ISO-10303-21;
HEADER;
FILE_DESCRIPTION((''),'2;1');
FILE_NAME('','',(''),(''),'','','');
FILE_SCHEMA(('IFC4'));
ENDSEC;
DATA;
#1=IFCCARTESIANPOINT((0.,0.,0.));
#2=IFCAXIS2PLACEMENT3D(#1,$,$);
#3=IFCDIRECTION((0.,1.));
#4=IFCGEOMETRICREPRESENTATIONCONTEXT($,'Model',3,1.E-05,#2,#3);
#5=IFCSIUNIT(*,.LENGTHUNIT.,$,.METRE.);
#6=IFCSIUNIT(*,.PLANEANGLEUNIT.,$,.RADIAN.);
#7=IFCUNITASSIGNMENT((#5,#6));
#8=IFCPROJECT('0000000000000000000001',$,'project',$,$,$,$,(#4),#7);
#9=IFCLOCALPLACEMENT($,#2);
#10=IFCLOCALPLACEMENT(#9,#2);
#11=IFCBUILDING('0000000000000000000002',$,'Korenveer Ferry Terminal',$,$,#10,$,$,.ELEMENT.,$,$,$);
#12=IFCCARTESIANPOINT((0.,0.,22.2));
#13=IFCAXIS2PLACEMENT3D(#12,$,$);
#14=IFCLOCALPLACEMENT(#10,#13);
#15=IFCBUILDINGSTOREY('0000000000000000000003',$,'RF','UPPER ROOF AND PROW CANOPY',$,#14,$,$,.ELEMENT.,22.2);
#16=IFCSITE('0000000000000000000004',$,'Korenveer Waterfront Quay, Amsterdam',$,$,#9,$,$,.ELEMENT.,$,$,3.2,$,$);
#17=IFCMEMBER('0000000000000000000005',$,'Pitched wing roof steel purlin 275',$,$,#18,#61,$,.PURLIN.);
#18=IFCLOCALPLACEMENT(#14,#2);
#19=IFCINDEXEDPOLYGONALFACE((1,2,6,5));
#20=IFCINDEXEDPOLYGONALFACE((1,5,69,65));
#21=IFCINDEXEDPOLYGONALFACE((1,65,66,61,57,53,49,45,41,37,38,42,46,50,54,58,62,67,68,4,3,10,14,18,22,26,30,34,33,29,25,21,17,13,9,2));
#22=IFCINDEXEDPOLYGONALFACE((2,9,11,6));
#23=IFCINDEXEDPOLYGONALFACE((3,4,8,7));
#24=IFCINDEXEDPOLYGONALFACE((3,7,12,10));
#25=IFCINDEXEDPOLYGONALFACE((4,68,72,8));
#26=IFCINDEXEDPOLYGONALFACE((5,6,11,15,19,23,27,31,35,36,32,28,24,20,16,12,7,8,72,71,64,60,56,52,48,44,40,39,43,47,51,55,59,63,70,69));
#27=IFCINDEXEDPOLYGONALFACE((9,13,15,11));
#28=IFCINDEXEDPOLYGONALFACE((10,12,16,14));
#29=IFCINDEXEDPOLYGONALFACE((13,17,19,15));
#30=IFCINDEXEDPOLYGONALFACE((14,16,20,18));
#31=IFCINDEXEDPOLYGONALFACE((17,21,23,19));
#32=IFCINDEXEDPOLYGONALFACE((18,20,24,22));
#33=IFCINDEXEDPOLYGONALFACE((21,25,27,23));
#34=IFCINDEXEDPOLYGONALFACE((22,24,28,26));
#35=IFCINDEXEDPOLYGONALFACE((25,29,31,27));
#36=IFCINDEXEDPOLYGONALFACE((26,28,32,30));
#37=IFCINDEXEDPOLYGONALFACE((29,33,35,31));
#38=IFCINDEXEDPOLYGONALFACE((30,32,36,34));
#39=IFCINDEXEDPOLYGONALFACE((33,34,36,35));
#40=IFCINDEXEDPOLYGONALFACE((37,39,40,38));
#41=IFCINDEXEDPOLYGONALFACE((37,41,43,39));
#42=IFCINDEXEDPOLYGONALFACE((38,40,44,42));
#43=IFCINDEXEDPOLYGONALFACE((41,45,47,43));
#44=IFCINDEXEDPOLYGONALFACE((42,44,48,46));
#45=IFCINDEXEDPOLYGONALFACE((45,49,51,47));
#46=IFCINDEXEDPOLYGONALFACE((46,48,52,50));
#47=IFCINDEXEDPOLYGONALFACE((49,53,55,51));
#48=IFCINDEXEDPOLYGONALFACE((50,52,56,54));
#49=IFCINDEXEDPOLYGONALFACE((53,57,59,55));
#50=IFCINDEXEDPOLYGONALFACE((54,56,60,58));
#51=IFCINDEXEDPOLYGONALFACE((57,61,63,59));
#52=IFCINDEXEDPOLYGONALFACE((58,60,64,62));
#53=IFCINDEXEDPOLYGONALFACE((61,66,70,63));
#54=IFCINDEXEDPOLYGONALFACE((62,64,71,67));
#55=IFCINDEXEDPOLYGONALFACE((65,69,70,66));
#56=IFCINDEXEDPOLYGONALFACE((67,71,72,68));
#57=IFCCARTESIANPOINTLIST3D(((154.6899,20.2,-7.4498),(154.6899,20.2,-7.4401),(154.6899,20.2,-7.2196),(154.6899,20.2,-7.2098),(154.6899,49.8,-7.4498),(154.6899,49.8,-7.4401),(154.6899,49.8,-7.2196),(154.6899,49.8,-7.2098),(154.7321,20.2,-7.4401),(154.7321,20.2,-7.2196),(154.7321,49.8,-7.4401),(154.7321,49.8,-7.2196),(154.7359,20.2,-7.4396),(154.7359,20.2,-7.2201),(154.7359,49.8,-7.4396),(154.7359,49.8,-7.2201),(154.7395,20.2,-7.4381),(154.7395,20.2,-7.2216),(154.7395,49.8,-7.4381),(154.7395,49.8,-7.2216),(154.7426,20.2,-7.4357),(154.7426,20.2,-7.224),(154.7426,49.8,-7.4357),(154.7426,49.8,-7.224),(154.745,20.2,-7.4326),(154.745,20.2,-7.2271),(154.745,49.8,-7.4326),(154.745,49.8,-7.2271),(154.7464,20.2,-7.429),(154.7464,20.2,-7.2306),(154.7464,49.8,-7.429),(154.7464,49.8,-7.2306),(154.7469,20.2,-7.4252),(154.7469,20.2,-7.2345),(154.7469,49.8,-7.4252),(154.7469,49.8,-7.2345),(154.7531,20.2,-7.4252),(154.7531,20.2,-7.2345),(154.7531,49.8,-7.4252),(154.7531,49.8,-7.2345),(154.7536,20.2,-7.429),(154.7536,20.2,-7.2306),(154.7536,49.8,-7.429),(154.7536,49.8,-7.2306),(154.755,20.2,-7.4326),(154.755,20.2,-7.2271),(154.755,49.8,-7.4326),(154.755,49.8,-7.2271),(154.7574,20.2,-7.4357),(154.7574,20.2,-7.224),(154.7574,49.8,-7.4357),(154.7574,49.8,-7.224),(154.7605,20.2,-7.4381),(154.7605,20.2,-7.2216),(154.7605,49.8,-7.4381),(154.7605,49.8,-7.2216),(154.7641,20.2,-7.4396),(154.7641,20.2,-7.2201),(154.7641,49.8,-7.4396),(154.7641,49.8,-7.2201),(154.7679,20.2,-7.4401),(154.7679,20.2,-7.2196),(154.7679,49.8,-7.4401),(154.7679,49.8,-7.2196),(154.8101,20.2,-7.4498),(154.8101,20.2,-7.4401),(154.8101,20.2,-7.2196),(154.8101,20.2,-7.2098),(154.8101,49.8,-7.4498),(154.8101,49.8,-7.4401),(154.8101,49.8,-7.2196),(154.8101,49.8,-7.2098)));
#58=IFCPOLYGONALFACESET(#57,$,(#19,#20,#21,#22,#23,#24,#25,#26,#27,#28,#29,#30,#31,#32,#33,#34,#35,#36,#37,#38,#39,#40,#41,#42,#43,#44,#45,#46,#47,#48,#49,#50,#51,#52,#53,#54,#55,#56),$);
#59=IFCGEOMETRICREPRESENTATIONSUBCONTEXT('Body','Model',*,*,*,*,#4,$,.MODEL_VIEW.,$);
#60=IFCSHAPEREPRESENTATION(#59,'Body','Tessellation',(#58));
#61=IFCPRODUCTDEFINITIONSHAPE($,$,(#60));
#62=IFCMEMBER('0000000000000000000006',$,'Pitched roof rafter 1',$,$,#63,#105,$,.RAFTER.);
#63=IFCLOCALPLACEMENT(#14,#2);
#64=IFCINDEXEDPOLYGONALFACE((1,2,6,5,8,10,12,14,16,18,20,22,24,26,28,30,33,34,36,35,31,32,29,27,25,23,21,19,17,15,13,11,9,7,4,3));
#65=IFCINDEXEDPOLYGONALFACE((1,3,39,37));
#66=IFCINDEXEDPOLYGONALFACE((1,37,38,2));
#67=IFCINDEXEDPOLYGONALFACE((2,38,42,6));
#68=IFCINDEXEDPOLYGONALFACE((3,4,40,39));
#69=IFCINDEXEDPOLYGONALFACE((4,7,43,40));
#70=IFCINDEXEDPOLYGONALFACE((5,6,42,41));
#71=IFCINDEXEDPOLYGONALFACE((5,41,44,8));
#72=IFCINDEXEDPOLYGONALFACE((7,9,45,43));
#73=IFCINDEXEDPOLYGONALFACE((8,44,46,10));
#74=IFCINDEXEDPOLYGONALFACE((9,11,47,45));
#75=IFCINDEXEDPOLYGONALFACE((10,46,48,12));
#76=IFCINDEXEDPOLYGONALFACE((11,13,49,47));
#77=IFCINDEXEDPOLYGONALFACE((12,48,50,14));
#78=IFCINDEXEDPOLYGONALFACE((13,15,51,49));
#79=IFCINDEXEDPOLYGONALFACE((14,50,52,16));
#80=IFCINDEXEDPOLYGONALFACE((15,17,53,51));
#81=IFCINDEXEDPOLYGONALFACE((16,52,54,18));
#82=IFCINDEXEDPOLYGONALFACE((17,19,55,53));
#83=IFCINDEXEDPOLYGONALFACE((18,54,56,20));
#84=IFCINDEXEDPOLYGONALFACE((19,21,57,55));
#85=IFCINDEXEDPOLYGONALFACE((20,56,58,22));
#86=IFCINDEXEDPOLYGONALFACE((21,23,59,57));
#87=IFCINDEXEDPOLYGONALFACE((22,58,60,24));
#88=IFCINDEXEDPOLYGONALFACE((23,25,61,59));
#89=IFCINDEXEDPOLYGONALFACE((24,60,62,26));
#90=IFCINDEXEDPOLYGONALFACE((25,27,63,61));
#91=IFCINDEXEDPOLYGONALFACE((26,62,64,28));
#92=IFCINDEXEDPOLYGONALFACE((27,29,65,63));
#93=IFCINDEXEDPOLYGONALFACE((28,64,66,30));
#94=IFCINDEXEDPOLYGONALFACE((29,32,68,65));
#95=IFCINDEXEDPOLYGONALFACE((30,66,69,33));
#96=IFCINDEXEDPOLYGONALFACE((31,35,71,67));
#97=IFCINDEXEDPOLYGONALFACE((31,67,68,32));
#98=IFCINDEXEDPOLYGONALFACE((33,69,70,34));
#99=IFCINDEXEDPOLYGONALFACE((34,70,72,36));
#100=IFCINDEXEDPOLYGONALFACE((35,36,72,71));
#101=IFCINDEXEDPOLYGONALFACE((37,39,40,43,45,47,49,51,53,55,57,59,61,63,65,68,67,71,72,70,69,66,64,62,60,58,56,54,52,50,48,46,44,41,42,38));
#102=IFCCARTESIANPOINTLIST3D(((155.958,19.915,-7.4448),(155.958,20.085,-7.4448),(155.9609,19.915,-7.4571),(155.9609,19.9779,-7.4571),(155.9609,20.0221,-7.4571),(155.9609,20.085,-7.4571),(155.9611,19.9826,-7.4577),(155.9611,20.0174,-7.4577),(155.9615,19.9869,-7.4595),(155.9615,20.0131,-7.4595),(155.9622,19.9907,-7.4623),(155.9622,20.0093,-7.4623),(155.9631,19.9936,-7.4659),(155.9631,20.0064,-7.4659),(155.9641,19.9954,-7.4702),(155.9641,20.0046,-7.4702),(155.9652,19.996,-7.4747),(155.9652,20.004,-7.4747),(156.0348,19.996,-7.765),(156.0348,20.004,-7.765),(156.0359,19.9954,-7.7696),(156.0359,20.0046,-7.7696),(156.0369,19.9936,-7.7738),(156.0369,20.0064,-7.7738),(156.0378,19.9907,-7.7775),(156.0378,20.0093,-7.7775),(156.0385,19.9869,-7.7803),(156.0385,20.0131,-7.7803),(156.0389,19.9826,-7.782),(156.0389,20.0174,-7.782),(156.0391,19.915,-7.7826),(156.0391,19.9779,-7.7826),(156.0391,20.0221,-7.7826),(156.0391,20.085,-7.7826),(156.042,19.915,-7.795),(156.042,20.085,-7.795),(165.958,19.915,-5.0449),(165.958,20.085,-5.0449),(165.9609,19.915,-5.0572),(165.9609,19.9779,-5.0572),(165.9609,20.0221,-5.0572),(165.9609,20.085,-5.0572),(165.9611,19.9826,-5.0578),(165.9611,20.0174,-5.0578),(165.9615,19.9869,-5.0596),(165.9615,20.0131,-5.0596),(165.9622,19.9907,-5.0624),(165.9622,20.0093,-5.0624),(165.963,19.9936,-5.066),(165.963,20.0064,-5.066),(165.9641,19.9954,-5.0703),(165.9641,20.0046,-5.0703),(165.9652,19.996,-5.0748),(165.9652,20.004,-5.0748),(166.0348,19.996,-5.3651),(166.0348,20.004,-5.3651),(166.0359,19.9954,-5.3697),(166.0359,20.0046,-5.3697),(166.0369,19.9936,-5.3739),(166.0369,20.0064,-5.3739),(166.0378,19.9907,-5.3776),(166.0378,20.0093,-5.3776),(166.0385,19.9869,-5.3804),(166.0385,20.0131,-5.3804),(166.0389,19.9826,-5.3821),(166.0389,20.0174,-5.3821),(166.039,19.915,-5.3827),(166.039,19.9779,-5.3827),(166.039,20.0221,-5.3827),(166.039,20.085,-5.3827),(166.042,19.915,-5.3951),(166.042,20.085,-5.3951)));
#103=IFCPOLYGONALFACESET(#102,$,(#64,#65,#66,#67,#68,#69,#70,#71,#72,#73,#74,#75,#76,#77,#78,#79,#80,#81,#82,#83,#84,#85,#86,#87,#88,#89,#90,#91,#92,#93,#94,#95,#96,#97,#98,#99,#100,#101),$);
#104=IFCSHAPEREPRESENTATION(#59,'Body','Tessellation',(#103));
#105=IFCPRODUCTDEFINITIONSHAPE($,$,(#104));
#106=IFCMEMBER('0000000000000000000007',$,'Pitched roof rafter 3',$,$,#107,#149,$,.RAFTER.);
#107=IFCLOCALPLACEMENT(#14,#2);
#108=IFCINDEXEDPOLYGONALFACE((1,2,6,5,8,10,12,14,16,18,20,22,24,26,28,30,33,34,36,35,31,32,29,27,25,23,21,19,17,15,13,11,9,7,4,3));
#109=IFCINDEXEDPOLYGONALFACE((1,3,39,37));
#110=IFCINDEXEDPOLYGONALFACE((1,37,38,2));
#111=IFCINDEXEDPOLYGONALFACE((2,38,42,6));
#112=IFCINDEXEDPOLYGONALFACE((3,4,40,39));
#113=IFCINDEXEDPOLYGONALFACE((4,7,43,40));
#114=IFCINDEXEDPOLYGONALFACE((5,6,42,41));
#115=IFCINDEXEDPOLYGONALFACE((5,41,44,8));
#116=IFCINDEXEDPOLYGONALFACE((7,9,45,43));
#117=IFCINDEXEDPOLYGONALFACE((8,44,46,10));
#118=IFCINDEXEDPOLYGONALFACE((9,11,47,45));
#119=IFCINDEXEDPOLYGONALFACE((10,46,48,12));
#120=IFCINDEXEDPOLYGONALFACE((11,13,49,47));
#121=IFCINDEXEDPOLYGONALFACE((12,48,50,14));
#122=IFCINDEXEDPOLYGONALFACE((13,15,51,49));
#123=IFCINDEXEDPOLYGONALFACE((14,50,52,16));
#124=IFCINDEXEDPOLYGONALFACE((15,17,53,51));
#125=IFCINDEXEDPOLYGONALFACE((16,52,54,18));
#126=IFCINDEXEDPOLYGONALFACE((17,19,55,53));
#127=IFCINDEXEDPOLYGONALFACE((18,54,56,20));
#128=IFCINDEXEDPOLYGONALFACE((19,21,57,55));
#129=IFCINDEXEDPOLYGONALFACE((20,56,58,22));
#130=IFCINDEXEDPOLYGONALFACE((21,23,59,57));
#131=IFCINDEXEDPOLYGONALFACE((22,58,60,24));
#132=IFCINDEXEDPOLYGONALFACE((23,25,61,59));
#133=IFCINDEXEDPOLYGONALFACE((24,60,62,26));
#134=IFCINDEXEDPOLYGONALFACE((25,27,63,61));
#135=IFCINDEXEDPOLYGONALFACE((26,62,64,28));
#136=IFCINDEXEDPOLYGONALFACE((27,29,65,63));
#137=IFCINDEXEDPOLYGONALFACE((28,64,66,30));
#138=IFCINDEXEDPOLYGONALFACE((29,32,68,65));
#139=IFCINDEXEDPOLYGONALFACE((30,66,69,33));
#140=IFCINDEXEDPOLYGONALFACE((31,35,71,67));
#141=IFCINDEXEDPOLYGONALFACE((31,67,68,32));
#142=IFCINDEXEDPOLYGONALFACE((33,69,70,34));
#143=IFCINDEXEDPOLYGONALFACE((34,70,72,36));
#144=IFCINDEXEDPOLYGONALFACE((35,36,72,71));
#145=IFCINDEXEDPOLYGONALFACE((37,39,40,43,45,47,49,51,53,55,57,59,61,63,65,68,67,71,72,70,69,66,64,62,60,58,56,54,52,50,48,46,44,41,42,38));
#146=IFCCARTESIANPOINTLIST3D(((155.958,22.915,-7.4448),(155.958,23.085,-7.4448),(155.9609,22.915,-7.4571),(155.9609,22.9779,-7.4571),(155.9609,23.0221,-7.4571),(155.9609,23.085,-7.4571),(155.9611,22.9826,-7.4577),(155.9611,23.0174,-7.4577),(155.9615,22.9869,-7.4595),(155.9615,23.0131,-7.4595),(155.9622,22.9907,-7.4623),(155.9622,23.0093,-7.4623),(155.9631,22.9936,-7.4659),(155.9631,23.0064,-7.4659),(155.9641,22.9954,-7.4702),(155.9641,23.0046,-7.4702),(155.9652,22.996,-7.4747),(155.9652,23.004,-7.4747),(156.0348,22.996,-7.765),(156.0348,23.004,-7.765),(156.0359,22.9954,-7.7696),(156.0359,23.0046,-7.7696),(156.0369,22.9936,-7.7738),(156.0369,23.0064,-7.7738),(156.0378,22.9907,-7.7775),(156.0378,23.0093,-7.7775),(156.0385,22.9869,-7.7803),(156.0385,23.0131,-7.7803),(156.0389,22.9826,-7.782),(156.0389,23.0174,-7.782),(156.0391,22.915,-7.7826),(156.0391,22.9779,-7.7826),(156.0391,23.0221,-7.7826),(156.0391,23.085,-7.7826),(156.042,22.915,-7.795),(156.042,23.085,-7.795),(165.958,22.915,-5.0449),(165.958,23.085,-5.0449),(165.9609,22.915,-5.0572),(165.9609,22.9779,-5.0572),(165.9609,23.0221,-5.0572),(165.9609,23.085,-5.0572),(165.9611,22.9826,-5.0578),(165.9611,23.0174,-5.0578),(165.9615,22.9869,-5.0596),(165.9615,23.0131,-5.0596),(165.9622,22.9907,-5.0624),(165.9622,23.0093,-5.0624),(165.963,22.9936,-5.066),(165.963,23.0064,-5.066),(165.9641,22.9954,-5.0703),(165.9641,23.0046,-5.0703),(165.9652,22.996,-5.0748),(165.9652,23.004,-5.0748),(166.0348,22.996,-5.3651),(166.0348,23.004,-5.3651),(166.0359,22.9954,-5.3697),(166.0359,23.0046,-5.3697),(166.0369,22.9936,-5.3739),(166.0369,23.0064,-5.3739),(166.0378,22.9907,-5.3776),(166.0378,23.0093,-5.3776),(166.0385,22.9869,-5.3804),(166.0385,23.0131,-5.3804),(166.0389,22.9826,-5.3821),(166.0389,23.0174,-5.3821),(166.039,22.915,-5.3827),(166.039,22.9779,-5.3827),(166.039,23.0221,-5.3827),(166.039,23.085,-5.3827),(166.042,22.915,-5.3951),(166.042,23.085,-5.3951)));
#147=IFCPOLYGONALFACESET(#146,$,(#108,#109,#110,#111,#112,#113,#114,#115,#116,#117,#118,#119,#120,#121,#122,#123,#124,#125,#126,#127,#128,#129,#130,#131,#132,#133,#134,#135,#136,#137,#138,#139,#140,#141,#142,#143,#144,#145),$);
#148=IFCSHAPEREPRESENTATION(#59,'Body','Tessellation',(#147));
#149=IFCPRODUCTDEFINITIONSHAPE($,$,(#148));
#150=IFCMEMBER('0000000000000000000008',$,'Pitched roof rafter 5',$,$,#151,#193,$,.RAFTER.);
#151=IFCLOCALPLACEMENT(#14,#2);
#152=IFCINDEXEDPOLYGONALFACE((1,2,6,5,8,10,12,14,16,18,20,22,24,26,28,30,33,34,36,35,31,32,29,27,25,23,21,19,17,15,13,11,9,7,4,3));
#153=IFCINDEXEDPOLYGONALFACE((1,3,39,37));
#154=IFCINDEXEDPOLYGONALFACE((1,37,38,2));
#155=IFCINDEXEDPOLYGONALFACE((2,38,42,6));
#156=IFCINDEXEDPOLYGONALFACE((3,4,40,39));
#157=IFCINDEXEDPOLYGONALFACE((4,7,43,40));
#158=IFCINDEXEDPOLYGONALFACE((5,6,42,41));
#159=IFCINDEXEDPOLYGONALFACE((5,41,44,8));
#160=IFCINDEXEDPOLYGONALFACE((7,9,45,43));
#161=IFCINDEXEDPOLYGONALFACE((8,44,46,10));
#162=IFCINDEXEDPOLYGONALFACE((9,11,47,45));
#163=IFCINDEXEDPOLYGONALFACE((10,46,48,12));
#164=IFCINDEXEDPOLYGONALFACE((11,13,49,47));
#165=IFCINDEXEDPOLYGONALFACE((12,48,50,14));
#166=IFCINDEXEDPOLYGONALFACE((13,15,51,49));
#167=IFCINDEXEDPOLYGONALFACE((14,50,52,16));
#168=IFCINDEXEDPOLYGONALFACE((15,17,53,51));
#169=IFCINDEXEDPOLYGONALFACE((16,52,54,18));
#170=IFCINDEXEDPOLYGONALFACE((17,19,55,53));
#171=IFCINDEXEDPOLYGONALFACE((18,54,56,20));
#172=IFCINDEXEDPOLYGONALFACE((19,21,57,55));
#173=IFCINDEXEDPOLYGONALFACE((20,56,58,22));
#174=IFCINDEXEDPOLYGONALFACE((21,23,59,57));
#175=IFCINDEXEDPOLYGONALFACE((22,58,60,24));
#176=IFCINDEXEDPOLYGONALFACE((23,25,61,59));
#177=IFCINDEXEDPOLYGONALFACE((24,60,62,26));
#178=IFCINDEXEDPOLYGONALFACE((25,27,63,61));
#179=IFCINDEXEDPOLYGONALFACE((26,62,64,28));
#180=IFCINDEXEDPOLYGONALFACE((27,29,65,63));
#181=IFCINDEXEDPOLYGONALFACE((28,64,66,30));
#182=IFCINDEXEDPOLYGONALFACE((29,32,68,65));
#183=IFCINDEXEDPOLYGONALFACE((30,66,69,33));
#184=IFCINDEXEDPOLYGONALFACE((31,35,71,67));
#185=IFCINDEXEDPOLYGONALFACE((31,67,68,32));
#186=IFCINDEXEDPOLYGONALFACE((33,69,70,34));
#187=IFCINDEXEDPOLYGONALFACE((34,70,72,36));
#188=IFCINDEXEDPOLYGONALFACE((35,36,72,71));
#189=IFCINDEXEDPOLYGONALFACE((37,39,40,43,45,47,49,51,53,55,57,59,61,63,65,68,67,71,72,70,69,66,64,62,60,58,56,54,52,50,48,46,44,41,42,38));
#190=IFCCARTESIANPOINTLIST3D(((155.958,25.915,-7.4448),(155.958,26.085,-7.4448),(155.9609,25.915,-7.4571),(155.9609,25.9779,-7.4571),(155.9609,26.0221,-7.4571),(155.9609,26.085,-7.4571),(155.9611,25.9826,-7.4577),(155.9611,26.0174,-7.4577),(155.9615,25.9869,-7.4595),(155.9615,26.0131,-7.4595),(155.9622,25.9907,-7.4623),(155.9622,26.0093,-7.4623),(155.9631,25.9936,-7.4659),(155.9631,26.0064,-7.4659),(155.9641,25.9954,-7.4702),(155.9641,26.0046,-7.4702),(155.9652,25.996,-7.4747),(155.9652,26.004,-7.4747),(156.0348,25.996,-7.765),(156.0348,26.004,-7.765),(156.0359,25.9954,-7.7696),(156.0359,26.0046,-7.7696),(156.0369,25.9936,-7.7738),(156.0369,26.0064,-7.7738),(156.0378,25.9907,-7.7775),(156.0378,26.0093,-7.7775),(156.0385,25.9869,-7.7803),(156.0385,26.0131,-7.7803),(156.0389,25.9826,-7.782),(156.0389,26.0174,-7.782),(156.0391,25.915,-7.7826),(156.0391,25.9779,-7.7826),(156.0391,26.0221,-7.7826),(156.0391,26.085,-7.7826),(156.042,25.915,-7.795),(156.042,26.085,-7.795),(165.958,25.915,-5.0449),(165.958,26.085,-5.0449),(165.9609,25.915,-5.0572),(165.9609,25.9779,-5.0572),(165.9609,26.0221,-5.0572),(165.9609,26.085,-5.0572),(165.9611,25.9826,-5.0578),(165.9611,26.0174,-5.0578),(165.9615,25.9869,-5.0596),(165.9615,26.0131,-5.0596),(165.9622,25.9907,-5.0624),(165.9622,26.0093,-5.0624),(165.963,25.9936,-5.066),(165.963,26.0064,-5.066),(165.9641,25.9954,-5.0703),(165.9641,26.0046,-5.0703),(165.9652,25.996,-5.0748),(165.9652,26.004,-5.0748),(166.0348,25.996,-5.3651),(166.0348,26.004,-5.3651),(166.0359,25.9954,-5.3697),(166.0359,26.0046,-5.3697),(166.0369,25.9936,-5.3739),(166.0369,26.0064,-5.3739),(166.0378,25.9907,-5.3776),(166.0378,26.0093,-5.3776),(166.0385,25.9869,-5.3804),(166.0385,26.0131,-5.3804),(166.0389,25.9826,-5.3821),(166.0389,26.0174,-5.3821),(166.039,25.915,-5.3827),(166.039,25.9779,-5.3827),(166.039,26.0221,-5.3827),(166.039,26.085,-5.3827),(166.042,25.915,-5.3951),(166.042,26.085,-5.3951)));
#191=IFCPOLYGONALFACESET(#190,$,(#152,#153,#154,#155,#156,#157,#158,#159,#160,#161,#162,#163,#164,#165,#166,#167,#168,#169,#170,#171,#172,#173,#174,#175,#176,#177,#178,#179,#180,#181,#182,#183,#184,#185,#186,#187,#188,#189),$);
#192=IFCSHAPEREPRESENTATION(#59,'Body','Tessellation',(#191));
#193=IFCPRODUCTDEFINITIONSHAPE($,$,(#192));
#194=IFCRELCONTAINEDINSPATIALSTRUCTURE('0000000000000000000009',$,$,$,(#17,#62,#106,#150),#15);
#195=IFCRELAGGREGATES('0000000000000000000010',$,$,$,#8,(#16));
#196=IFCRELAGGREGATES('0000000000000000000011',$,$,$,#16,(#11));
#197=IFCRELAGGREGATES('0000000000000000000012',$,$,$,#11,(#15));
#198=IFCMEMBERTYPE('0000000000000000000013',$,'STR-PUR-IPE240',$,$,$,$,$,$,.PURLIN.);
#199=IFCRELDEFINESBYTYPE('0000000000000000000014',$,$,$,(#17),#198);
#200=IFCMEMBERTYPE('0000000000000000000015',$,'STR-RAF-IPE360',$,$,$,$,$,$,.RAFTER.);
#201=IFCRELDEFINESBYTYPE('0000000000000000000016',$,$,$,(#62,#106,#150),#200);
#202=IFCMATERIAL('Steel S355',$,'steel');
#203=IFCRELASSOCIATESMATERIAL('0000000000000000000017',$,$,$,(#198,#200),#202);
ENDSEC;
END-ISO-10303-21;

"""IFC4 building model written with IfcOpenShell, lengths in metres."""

from ifc_helpers import new_model, si_unit, direction, frame, origin, origin_2d, place, context, subcontext, project, spatial, i_section, extrude, material, material_profile, profile_set, type_object, element, save


model = new_model("IFC4")

# Units and contexts
model_context = context("Model", 3, precision=1e-05, world=origin(), true_north=direction((0.0, 1.0)))
body_context = subcontext(model_context, "Body", "Model", "MODEL_VIEW")
ifc_project = project(units=[si_unit("LENGTHUNIT", "METRE"), si_unit("PLANEANGLEUNIT", "RADIAN")], contexts=[model_context])

# Site, building, storey
site_placement = place(None, origin())
site = spatial("IfcSite", under=ifc_project, at=site_placement, Name="Korenveer Waterfront Quay, Amsterdam", CompositionType="ELEMENT", RefElevation=3.2)
building_placement = place(site_placement, origin())
building = spatial("IfcBuilding", under=site, at=building_placement, Name="Korenveer Ferry Terminal", CompositionType="ELEMENT")
storey_placement = place(building_placement, frame((0.0, 0.0, 22.2)))
storey = spatial("IfcBuildingStorey", under=building, at=storey_placement, Name="RF", Description="UPPER ROOF AND PROW CANOPY", CompositionType="ELEMENT", Elevation=22.2)

# Shared definitions
ifc_material_1 = material(Name="Steel S355", Category="steel")

# Members
ifc_material_profile_1 = material_profile(ifc_material_1, i_section(OverallWidth=0.1201, OverallDepth=0.24, WebThickness=0.0061, FlangeThickness=0.0098, FilletRadius=0.0149, at=origin_2d()), Name="IPE 240")
ifc_profile_set_1 = profile_set([ifc_material_profile_1], Name="Steel S355")
member_type_1 = type_object("IfcMemberType", Name="STR-PUR-IPE240", PredefinedType="PURLIN", material=ifc_profile_set_1)
for number, where, z_axis, x_axis, name in (
    (1, (154.75, 20.2, -7.3298), (0.0, 1.0, 0.0), (-1.0, 0.0, 0.0), "Pitched wing roof steel purlin 275"),
):
    element("IfcMember", number, at=place(storey_placement, frame(where, z_axis=z_axis, x_axis=x_axis)), inside=storey, type_object=member_type_1, Name=name, PredefinedType="PURLIN", context=body_context, shape_type="SweptSolid", body=[
        extrude(i_section(OverallWidth=0.1201, OverallDepth=0.24, WebThickness=0.0061, FlangeThickness=0.0098, FilletRadius=0.0149, at=origin_2d()), origin(), (0.0, 0.0, 1.0), 29.6001),
    ])
ifc_material_profile_2 = material_profile(ifc_material_1, i_section(OverallWidth=0.1699, OverallDepth=0.3601, WebThickness=0.0081, FlangeThickness=0.0127, FilletRadius=0.0181, at=origin_2d()), Name="IPE 360")
ifc_profile_set_2 = profile_set([ifc_material_profile_2], Name="Steel S355")
member_type_2 = type_object("IfcMemberType", Name="STR-RAF-IPE360", PredefinedType="RAFTER", material=ifc_profile_set_2)
for number, where, z_axis, x_axis, name in (
    (2, (156.0, 20.0, -7.6199), (0.972389, 0.0, 0.233364), (0.0, 1.0, 0.0), "Pitched roof rafter 1"),
    (3, (156.0, 23.0, -7.6199), (0.972389, 0.0, 0.233364), (0.0, 1.0, 0.0), "Pitched roof rafter 3"),
    (4, (156.0, 26.0, -7.6199), (0.972389, 0.0, 0.233364), (0.0, 1.0, 0.0), "Pitched roof rafter 5"),
):
    element("IfcMember", number, at=place(storey_placement, frame(where, z_axis=z_axis, x_axis=x_axis)), inside=storey, type_object=member_type_2, Name=name, PredefinedType="RAFTER", context=body_context, shape_type="SweptSolid", body=[
        extrude(i_section(OverallWidth=0.1699, OverallDepth=0.3601, WebThickness=0.0081, FlangeThickness=0.0127, FilletRadius=0.0181, at=origin_2d()), origin(), (0.0, 0.0, 1.0), 10.2839),
    ])

save(model, "model.ifc")
